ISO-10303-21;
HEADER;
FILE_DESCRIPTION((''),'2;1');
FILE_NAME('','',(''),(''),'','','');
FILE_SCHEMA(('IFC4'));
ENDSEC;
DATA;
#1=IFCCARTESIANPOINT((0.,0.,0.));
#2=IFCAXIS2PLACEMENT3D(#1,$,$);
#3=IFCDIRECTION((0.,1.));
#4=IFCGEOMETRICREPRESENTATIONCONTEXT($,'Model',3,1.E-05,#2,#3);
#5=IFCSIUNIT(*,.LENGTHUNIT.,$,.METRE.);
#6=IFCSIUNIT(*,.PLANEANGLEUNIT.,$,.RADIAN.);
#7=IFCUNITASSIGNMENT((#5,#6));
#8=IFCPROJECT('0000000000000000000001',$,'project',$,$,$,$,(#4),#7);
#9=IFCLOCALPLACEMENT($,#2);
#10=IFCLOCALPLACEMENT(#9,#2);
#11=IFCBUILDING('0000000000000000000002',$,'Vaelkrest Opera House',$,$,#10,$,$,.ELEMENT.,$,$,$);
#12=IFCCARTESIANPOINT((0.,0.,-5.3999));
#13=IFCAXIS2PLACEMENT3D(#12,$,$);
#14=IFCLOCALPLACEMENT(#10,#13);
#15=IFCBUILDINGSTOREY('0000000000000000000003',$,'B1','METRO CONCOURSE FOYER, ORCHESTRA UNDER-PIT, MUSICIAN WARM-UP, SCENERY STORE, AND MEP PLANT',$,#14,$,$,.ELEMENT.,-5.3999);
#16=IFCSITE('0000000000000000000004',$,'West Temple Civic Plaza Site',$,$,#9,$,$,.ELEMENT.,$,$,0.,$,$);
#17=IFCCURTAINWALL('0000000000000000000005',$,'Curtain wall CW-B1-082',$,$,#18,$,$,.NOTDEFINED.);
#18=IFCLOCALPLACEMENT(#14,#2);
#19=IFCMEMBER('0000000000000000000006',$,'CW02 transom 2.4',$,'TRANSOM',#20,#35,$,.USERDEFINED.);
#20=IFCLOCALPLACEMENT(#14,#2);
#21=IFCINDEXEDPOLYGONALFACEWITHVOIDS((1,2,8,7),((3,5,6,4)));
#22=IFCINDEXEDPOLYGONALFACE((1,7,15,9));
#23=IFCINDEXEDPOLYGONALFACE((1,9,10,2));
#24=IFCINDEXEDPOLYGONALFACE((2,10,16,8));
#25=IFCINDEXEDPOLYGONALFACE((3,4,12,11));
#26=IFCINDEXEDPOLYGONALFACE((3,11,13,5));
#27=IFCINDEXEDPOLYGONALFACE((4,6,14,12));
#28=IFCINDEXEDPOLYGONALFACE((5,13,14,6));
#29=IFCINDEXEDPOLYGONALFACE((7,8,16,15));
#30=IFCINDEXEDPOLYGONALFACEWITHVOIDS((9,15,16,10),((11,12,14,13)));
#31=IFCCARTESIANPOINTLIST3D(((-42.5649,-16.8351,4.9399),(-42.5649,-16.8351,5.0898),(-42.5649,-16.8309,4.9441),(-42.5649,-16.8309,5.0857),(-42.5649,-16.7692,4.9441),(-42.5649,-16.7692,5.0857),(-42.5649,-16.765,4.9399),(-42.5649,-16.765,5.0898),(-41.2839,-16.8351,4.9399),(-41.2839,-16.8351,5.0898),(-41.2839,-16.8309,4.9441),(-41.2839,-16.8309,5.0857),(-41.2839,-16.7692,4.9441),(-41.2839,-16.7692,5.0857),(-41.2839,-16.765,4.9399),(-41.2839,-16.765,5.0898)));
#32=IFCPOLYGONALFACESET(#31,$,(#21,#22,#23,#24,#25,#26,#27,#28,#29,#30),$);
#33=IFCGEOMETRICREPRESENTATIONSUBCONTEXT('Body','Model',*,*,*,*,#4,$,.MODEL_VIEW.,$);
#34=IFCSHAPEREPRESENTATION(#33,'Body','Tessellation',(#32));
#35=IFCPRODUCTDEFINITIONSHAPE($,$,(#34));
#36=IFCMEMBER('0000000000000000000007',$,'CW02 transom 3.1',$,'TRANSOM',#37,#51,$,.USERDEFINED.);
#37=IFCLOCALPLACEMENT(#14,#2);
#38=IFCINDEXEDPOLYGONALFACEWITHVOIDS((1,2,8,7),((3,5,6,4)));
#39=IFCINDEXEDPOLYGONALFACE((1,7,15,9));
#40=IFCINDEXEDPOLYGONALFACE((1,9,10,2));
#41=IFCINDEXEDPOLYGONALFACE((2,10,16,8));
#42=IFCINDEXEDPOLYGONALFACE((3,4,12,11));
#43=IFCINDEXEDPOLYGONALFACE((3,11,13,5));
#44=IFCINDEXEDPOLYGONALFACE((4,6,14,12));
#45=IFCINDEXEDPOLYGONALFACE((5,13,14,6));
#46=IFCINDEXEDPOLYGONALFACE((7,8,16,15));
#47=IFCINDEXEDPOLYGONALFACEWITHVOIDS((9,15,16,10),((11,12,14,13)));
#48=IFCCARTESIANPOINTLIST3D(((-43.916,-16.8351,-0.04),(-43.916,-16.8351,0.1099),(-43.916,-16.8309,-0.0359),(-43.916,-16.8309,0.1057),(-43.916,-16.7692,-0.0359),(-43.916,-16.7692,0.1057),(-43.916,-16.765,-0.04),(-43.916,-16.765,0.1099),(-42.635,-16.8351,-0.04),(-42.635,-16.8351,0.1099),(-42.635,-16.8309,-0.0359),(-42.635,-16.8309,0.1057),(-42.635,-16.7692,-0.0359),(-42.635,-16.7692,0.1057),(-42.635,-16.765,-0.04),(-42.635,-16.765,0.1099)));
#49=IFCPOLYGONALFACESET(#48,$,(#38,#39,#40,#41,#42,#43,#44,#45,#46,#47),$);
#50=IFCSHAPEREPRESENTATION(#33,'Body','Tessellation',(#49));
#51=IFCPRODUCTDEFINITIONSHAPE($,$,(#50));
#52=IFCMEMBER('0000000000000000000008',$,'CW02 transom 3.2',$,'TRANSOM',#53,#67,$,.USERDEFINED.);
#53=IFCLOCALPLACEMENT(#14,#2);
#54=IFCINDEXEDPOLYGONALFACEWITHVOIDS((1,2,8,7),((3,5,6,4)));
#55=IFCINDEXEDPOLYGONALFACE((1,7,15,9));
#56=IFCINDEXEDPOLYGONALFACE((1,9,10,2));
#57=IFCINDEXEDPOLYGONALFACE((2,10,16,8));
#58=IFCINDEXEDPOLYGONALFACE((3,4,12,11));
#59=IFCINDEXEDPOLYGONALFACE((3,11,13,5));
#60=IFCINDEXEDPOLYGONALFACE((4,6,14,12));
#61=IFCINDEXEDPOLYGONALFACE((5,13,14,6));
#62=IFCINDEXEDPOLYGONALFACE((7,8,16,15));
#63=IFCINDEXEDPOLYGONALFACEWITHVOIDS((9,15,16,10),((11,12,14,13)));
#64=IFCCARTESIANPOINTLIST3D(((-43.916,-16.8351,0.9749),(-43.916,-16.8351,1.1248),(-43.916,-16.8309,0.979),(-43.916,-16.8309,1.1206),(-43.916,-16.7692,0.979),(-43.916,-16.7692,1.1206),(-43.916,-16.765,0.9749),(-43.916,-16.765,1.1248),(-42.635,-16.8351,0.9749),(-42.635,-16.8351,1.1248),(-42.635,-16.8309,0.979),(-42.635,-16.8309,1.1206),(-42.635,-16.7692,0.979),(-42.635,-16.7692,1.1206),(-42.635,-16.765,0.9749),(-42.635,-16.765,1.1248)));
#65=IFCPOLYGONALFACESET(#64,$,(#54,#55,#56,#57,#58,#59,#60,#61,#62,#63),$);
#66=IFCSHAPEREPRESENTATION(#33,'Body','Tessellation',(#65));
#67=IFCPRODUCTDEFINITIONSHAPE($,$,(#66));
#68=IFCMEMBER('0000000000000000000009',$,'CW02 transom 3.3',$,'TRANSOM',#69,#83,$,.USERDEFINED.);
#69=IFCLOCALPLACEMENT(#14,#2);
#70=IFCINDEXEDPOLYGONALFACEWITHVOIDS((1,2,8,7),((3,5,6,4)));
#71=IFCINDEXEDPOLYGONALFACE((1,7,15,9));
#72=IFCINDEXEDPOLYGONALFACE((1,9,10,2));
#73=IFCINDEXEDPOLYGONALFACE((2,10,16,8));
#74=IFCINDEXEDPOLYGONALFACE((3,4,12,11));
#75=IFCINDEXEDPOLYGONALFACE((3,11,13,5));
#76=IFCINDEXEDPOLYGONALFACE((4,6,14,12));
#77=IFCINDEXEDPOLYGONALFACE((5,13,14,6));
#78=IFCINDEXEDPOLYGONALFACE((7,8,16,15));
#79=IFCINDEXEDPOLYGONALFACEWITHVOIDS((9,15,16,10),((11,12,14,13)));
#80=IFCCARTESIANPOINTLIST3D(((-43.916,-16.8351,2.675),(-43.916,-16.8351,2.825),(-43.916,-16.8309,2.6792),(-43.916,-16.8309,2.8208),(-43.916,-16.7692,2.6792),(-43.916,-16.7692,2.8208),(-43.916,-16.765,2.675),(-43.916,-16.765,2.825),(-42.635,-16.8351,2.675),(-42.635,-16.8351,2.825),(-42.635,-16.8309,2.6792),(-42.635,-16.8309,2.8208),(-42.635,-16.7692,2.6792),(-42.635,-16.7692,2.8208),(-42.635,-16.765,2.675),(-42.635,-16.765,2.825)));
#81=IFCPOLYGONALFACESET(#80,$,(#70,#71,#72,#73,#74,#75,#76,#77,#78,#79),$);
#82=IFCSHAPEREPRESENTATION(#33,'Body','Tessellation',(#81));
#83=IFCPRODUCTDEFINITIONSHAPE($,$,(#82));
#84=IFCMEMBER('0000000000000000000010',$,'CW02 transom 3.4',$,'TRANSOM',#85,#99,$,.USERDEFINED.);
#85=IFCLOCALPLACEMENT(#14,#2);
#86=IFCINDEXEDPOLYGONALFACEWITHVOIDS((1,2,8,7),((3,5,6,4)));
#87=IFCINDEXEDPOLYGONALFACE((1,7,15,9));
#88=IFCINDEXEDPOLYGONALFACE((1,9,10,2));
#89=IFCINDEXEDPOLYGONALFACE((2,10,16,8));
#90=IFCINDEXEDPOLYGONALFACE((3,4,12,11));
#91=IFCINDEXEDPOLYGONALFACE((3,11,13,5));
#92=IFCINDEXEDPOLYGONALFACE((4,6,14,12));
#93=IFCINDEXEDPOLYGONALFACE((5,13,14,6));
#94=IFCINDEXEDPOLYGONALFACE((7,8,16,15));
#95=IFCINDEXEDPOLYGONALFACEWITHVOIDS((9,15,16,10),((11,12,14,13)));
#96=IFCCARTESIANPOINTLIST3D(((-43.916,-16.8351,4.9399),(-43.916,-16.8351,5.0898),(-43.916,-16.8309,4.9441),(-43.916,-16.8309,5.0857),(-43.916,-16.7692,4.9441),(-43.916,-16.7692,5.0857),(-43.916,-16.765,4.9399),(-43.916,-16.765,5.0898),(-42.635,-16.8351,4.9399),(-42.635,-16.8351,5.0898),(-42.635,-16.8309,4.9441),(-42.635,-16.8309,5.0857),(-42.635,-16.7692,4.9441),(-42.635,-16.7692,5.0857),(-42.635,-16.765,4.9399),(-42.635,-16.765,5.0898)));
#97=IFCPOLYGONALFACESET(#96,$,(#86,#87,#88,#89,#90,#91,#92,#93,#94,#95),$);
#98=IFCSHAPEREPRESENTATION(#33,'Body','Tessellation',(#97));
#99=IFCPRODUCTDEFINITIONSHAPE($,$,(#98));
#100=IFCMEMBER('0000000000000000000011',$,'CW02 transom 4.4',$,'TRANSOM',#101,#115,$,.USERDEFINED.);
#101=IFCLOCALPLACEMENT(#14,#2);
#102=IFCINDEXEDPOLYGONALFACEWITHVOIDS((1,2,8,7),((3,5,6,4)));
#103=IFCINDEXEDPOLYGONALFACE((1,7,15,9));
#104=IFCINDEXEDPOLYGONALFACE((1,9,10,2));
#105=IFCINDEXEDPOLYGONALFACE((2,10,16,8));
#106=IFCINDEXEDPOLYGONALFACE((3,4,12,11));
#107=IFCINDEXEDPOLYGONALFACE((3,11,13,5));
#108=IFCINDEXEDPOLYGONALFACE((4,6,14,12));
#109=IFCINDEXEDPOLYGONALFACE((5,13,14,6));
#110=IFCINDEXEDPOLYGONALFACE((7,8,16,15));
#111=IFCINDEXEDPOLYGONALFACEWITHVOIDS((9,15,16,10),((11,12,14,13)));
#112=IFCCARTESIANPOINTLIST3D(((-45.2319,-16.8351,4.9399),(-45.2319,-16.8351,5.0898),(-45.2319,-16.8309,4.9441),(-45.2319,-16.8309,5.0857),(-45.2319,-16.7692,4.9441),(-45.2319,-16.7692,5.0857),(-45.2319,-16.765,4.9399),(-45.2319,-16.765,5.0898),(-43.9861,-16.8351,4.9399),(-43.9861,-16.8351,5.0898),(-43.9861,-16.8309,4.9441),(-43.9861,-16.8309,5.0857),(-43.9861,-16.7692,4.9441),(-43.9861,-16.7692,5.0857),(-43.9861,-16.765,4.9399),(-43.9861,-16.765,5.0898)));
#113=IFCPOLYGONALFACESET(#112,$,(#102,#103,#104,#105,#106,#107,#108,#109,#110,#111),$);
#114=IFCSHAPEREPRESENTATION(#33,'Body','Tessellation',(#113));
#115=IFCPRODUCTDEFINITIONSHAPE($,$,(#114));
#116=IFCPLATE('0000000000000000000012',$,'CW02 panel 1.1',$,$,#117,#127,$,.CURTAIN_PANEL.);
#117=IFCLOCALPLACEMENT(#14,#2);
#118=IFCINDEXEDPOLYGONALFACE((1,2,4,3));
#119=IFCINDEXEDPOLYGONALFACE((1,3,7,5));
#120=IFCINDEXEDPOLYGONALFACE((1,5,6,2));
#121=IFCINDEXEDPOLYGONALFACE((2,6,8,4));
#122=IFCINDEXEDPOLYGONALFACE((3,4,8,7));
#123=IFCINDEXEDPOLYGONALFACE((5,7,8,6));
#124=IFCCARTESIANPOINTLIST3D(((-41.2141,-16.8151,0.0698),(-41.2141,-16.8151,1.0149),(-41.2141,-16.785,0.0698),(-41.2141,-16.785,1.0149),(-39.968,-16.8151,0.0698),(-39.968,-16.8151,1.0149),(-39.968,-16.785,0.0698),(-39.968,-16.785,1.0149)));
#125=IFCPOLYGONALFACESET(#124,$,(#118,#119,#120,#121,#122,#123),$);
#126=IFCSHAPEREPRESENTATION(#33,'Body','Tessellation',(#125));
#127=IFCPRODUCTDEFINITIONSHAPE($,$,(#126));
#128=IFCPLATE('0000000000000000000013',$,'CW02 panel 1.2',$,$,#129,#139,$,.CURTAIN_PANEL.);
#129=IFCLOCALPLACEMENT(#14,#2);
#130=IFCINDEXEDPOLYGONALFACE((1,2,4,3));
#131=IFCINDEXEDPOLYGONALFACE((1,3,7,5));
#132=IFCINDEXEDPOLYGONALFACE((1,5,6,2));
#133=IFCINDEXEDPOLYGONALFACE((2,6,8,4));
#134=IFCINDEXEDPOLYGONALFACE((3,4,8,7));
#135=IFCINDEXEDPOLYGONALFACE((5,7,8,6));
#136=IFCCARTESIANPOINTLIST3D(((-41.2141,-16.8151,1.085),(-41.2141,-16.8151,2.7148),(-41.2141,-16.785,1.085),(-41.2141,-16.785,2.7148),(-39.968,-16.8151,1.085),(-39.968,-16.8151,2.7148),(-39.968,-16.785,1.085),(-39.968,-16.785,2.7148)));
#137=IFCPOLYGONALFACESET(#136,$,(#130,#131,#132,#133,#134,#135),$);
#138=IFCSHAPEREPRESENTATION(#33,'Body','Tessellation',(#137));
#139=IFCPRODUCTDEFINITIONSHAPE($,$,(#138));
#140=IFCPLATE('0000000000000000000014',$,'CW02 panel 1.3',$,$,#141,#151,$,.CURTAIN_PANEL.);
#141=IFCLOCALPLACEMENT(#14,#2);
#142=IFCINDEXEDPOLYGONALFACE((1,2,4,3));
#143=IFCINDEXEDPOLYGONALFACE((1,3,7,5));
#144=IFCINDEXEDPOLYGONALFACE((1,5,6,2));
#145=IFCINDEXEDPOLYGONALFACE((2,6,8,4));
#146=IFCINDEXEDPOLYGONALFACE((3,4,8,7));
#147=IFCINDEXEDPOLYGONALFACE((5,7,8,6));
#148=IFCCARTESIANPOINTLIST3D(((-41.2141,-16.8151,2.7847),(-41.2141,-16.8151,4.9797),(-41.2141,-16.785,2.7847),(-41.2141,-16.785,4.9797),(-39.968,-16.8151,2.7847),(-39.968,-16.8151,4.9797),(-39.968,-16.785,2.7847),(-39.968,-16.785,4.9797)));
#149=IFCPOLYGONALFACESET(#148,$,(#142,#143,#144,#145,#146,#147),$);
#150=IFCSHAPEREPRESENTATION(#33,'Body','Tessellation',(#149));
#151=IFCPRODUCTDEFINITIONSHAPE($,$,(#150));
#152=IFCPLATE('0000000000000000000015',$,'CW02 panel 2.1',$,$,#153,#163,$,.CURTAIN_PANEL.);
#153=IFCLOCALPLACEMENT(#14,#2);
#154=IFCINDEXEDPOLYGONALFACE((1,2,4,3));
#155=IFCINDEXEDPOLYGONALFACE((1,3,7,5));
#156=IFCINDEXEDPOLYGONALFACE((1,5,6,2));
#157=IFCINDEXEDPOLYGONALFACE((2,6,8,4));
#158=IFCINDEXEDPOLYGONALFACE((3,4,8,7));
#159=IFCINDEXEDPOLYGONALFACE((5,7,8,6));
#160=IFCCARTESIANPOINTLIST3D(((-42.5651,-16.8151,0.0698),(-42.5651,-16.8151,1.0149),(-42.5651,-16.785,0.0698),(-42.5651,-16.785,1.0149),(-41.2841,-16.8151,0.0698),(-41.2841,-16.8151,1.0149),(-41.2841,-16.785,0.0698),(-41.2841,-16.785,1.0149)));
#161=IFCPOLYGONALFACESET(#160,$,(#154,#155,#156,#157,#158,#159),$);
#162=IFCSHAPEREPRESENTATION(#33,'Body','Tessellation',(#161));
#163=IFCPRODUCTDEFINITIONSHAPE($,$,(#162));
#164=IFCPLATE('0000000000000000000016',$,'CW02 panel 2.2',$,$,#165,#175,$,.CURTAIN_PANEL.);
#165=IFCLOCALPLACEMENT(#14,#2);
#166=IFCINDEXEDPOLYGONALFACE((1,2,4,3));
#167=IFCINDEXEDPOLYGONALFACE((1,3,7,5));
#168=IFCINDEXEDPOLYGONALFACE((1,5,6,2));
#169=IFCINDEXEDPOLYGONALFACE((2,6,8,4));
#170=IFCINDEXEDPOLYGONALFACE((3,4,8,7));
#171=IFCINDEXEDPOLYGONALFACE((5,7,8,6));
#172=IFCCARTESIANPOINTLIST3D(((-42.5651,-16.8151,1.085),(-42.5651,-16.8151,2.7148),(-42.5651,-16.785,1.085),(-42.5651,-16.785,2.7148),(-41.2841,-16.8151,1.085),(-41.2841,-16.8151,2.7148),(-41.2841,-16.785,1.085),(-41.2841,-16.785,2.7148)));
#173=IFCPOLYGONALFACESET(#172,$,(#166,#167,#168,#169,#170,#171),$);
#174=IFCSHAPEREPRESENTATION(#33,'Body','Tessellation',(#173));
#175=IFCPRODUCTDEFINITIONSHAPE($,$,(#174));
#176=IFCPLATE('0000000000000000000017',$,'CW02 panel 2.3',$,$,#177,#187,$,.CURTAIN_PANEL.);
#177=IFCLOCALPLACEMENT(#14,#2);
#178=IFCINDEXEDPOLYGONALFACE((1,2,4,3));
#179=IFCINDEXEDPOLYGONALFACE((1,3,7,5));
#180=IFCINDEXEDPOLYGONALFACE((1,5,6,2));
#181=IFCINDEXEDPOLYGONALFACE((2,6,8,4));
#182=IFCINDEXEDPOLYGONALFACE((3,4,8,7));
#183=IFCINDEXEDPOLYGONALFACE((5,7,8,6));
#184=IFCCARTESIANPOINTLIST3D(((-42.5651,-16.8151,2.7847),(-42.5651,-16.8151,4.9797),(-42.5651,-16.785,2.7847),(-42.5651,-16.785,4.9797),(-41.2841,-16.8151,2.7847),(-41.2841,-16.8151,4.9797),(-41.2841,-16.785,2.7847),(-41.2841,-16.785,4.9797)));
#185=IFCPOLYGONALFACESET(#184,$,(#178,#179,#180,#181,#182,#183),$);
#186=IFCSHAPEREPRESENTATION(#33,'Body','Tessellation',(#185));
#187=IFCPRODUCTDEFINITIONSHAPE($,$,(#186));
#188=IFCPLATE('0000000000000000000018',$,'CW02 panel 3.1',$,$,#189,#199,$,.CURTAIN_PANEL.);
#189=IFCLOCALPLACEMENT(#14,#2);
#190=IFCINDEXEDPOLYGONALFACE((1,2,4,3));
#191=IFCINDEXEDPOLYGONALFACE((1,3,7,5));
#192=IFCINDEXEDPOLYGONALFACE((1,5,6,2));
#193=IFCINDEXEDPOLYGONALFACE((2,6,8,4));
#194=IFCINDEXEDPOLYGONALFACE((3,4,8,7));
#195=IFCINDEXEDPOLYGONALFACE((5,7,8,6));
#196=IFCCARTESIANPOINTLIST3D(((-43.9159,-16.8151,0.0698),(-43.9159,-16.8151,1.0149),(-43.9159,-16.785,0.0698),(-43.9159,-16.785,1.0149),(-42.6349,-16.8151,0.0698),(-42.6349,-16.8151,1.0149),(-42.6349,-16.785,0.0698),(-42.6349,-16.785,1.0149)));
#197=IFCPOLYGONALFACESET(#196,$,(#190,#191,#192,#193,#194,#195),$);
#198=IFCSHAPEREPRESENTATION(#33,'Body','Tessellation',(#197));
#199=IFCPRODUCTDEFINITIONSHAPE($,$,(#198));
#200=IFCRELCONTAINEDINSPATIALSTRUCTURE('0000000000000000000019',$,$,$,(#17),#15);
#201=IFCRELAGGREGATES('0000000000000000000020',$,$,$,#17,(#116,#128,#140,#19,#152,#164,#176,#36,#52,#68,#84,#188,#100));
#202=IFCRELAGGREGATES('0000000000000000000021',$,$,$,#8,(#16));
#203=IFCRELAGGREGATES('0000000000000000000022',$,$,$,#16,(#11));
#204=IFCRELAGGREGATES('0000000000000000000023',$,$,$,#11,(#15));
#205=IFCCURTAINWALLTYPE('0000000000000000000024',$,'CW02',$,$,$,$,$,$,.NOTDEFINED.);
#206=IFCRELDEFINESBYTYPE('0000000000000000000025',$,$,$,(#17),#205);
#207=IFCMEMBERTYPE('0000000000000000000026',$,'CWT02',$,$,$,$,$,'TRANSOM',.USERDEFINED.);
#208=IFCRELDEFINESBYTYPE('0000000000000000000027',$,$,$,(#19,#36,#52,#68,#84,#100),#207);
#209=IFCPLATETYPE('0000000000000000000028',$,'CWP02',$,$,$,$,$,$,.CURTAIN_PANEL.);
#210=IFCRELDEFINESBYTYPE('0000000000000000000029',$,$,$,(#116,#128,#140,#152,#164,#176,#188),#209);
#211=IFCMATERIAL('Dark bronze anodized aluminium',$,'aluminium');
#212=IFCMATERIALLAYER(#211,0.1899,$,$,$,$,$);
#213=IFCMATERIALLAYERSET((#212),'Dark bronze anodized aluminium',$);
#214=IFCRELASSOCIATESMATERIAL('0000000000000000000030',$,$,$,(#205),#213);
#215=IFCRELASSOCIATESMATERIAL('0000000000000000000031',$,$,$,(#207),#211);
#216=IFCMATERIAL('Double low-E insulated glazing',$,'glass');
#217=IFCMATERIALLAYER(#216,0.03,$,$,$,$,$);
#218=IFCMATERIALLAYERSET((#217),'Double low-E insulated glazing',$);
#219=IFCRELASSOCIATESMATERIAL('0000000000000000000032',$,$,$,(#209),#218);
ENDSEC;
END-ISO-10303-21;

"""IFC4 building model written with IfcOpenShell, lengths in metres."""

from ifc_helpers import new_model, si_unit, direction, frame, origin, origin_2d, place, context, subcontext, project, spatial, rectangle, hollow_rectangle, extrude, material, layer, layer_set, material_profile, profile_set, type_object, element, aggregate, save


model = new_model("IFC4")

# Units and contexts
model_context = context("Model", 3, precision=1e-05, world=origin(), true_north=direction((0.0, 1.0)))
body_context = subcontext(model_context, "Body", "Model", "MODEL_VIEW")
ifc_project = project(units=[si_unit("LENGTHUNIT", "METRE"), si_unit("PLANEANGLEUNIT", "RADIAN")], contexts=[model_context])

# Site, building, storey
site_placement = place(None, origin())
site = spatial("IfcSite", under=ifc_project, at=site_placement, Name="West Temple Civic Plaza Site", CompositionType="ELEMENT", RefElevation=0.0)
building_placement = place(site_placement, origin())
building = spatial("IfcBuilding", under=site, at=building_placement, Name="Vaelkrest Opera House", CompositionType="ELEMENT")
storey_placement = place(building_placement, frame((0.0, 0.0, -5.3999)))
storey = spatial("IfcBuildingStorey", under=building, at=storey_placement, Name="B1", Description="METRO CONCOURSE FOYER, ORCHESTRA UNDER-PIT, MUSICIAN WARM-UP, SCENERY STORE, AND MEP PLANT", CompositionType="ELEMENT", Elevation=-5.3999)

# Curtain wall, members, plates
ifc_material_1 = material(Name="Dark bronze anodized aluminium", Category="aluminium")
ifc_layer_1 = layer(ifc_material_1, 0.1899)
ifc_layer_set_1 = layer_set([ifc_layer_1], Name="Dark bronze anodized aluminium")
curtain_wall_type = type_object("IfcCurtainWallType", Name="CW02", PredefinedType="NOTDEFINED", material=ifc_layer_set_1)
curtain_wall_placement = place(storey_placement, origin())
curtain_wall = element("IfcCurtainWall", 1, at=curtain_wall_placement, inside=storey, type_object=curtain_wall_type, Name="Curtain wall CW-B1-082", PredefinedType="NOTDEFINED")
ifc_material_profile_1 = material_profile(ifc_material_1, hollow_rectangle(XDim=0.0701, YDim=0.1499, WallThickness=0.0042, at=origin_2d()), Name="CWT70X150")
ifc_profile_set_1 = profile_set([ifc_material_profile_1], Name="Dark bronze anodized aluminium")
member_type_1 = type_object("IfcMemberType", Name="CWT02", ElementType="TRANSOM", PredefinedType="USERDEFINED", material=ifc_profile_set_1)
member_1_placement = place(storey_placement, frame((-41.2839, -16.8, 5.0149), z_axis=(-1.0, 0.0, 0.0), x_axis=(0.0, -1.0, 0.0)))
member_1 = element("IfcMember", 2, at=member_1_placement, type_object=member_type_1, Name="CW02 transom 2.4", ObjectType="TRANSOM", PredefinedType="USERDEFINED", context=body_context, shape_type="SweptSolid", body=[
    extrude(hollow_rectangle(XDim=0.0701, YDim=0.1499, WallThickness=0.0042, at=origin_2d()), origin(), (0.0, 0.0, 1.0), 1.281),
])
member_2_placement = place(storey_placement, frame((-42.635, -16.8, 0.0349), z_axis=(-1.0, 0.0, 0.0), x_axis=(0.0, -1.0, 0.0)))
member_2 = element("IfcMember", 3, at=member_2_placement, type_object=member_type_1, Name="CW02 transom 3.1", ObjectType="TRANSOM", PredefinedType="USERDEFINED", context=body_context, shape_type="SweptSolid", body=[
    extrude(hollow_rectangle(XDim=0.0701, YDim=0.1499, WallThickness=0.0042, at=origin_2d()), origin(), (0.0, 0.0, 1.0), 1.281),
])
member_3_placement = place(storey_placement, frame((-42.635, -16.8, 1.0498), z_axis=(-1.0, 0.0, 0.0), x_axis=(0.0, -1.0, 0.0)))
member_3 = element("IfcMember", 4, at=member_3_placement, type_object=member_type_1, Name="CW02 transom 3.2", ObjectType="TRANSOM", PredefinedType="USERDEFINED", context=body_context, shape_type="SweptSolid", body=[
    extrude(hollow_rectangle(XDim=0.0701, YDim=0.1499, WallThickness=0.0042, at=origin_2d()), origin(), (0.0, 0.0, 1.0), 1.281),
])
member_4_placement = place(storey_placement, frame((-42.635, -16.8, 2.75), z_axis=(-1.0, 0.0, 0.0), x_axis=(0.0, -1.0, 0.0)))
member_4 = element("IfcMember", 5, at=member_4_placement, type_object=member_type_1, Name="CW02 transom 3.3", ObjectType="TRANSOM", PredefinedType="USERDEFINED", context=body_context, shape_type="SweptSolid", body=[
    extrude(hollow_rectangle(XDim=0.0701, YDim=0.1499, WallThickness=0.0042, at=origin_2d()), origin(), (0.0, 0.0, 1.0), 1.281),
])
member_5_placement = place(storey_placement, frame((-42.635, -16.8, 5.0149), z_axis=(-1.0, 0.0, 0.0), x_axis=(0.0, -1.0, 0.0)))
member_5 = element("IfcMember", 6, at=member_5_placement, type_object=member_type_1, Name="CW02 transom 3.4", ObjectType="TRANSOM", PredefinedType="USERDEFINED", context=body_context, shape_type="SweptSolid", body=[
    extrude(hollow_rectangle(XDim=0.0701, YDim=0.1499, WallThickness=0.0042, at=origin_2d()), origin(), (0.0, 0.0, 1.0), 1.281),
])
member_6_placement = place(storey_placement, frame((-43.9861, -16.8, 5.0149), z_axis=(-1.0, 0.0, 0.0), x_axis=(0.0, -1.0, 0.0)))
member_6 = element("IfcMember", 7, at=member_6_placement, type_object=member_type_1, Name="CW02 transom 4.4", ObjectType="TRANSOM", PredefinedType="USERDEFINED", context=body_context, shape_type="SweptSolid", body=[
    extrude(hollow_rectangle(XDim=0.0701, YDim=0.1499, WallThickness=0.0042, at=origin_2d()), origin(), (0.0, 0.0, 1.0), 1.2458),
])
ifc_material_2 = material(Name="Double low-E insulated glazing", Category="glass")
ifc_layer_2 = layer(ifc_material_2, 0.03)
ifc_layer_set_2 = layer_set([ifc_layer_2], Name="Double low-E insulated glazing")
plate_type = type_object("IfcPlateType", Name="CWP02", PredefinedType="CURTAIN_PANEL", material=ifc_layer_set_2)
plate_1_placement = place(storey_placement, frame((-40.5911, -16.8, 0.0698), z_axis=(0.0, 0.0, 1.0), x_axis=(-1.0, 0.0, 0.0)))
plate_1 = element("IfcPlate", 8, at=plate_1_placement, type_object=plate_type, Name="CW02 panel 1.1", PredefinedType="CURTAIN_PANEL", context=body_context, shape_type="SweptSolid", body=[
    extrude(rectangle(XDim=1.2461, YDim=0.03, at=origin_2d()), origin(), (0.0, 0.0, 1.0), 0.9451),
])
plate_2_placement = place(storey_placement, frame((-40.5911, -16.8, 1.085), z_axis=(0.0, 0.0, 1.0), x_axis=(-1.0, 0.0, 0.0)))
plate_2 = element("IfcPlate", 9, at=plate_2_placement, type_object=plate_type, Name="CW02 panel 1.2", PredefinedType="CURTAIN_PANEL", context=body_context, shape_type="SweptSolid", body=[
    extrude(rectangle(XDim=1.2461, YDim=0.03, at=origin_2d()), origin(), (0.0, 0.0, 1.0), 1.6299),
])
plate_3_placement = place(storey_placement, frame((-40.5911, -16.8, 2.7847), z_axis=(0.0, 0.0, 1.0), x_axis=(-1.0, 0.0, 0.0)))
plate_3 = element("IfcPlate", 10, at=plate_3_placement, type_object=plate_type, Name="CW02 panel 1.3", PredefinedType="CURTAIN_PANEL", context=body_context, shape_type="SweptSolid", body=[
    extrude(rectangle(XDim=1.2461, YDim=0.03, at=origin_2d()), origin(), (0.0, 0.0, 1.0), 2.1951),
])
plate_4_placement = place(storey_placement, frame((-41.9246, -16.8, 0.0698), z_axis=(0.0, 0.0, 1.0), x_axis=(-1.0, 0.0, 0.0)))
plate_4 = element("IfcPlate", 11, at=plate_4_placement, type_object=plate_type, Name="CW02 panel 2.1", PredefinedType="CURTAIN_PANEL", context=body_context, shape_type="SweptSolid", body=[
    extrude(rectangle(XDim=1.281, YDim=0.03, at=origin_2d()), origin(), (0.0, 0.0, 1.0), 0.9451),
])
plate_5_placement = place(storey_placement, frame((-41.9246, -16.8, 1.085), z_axis=(0.0, 0.0, 1.0), x_axis=(-1.0, 0.0, 0.0)))
plate_5 = element("IfcPlate", 12, at=plate_5_placement, type_object=plate_type, Name="CW02 panel 2.2", PredefinedType="CURTAIN_PANEL", context=body_context, shape_type="SweptSolid", body=[
    extrude(rectangle(XDim=1.281, YDim=0.03, at=origin_2d()), origin(), (0.0, 0.0, 1.0), 1.6299),
])
plate_6_placement = place(storey_placement, frame((-41.9246, -16.8, 2.7847), z_axis=(0.0, 0.0, 1.0), x_axis=(-1.0, 0.0, 0.0)))
plate_6 = element("IfcPlate", 13, at=plate_6_placement, type_object=plate_type, Name="CW02 panel 2.3", PredefinedType="CURTAIN_PANEL", context=body_context, shape_type="SweptSolid", body=[
    extrude(rectangle(XDim=1.281, YDim=0.03, at=origin_2d()), origin(), (0.0, 0.0, 1.0), 2.1951),
])
plate_7_placement = place(storey_placement, frame((-43.2754, -16.8, 0.0698), z_axis=(0.0, 0.0, 1.0), x_axis=(-1.0, 0.0, 0.0)))
plate_7 = element("IfcPlate", 14, at=plate_7_placement, type_object=plate_type, Name="CW02 panel 3.1", PredefinedType="CURTAIN_PANEL", context=body_context, shape_type="SweptSolid", body=[
    extrude(rectangle(XDim=1.281, YDim=0.03, at=origin_2d()), origin(), (0.0, 0.0, 1.0), 0.9451),
])
aggregate(curtain_wall, [plate_1, plate_2, plate_3, member_1, plate_4, plate_5, plate_6, member_2, member_3, member_4, member_5, plate_7, member_6])

save(model, "model.ifc")
